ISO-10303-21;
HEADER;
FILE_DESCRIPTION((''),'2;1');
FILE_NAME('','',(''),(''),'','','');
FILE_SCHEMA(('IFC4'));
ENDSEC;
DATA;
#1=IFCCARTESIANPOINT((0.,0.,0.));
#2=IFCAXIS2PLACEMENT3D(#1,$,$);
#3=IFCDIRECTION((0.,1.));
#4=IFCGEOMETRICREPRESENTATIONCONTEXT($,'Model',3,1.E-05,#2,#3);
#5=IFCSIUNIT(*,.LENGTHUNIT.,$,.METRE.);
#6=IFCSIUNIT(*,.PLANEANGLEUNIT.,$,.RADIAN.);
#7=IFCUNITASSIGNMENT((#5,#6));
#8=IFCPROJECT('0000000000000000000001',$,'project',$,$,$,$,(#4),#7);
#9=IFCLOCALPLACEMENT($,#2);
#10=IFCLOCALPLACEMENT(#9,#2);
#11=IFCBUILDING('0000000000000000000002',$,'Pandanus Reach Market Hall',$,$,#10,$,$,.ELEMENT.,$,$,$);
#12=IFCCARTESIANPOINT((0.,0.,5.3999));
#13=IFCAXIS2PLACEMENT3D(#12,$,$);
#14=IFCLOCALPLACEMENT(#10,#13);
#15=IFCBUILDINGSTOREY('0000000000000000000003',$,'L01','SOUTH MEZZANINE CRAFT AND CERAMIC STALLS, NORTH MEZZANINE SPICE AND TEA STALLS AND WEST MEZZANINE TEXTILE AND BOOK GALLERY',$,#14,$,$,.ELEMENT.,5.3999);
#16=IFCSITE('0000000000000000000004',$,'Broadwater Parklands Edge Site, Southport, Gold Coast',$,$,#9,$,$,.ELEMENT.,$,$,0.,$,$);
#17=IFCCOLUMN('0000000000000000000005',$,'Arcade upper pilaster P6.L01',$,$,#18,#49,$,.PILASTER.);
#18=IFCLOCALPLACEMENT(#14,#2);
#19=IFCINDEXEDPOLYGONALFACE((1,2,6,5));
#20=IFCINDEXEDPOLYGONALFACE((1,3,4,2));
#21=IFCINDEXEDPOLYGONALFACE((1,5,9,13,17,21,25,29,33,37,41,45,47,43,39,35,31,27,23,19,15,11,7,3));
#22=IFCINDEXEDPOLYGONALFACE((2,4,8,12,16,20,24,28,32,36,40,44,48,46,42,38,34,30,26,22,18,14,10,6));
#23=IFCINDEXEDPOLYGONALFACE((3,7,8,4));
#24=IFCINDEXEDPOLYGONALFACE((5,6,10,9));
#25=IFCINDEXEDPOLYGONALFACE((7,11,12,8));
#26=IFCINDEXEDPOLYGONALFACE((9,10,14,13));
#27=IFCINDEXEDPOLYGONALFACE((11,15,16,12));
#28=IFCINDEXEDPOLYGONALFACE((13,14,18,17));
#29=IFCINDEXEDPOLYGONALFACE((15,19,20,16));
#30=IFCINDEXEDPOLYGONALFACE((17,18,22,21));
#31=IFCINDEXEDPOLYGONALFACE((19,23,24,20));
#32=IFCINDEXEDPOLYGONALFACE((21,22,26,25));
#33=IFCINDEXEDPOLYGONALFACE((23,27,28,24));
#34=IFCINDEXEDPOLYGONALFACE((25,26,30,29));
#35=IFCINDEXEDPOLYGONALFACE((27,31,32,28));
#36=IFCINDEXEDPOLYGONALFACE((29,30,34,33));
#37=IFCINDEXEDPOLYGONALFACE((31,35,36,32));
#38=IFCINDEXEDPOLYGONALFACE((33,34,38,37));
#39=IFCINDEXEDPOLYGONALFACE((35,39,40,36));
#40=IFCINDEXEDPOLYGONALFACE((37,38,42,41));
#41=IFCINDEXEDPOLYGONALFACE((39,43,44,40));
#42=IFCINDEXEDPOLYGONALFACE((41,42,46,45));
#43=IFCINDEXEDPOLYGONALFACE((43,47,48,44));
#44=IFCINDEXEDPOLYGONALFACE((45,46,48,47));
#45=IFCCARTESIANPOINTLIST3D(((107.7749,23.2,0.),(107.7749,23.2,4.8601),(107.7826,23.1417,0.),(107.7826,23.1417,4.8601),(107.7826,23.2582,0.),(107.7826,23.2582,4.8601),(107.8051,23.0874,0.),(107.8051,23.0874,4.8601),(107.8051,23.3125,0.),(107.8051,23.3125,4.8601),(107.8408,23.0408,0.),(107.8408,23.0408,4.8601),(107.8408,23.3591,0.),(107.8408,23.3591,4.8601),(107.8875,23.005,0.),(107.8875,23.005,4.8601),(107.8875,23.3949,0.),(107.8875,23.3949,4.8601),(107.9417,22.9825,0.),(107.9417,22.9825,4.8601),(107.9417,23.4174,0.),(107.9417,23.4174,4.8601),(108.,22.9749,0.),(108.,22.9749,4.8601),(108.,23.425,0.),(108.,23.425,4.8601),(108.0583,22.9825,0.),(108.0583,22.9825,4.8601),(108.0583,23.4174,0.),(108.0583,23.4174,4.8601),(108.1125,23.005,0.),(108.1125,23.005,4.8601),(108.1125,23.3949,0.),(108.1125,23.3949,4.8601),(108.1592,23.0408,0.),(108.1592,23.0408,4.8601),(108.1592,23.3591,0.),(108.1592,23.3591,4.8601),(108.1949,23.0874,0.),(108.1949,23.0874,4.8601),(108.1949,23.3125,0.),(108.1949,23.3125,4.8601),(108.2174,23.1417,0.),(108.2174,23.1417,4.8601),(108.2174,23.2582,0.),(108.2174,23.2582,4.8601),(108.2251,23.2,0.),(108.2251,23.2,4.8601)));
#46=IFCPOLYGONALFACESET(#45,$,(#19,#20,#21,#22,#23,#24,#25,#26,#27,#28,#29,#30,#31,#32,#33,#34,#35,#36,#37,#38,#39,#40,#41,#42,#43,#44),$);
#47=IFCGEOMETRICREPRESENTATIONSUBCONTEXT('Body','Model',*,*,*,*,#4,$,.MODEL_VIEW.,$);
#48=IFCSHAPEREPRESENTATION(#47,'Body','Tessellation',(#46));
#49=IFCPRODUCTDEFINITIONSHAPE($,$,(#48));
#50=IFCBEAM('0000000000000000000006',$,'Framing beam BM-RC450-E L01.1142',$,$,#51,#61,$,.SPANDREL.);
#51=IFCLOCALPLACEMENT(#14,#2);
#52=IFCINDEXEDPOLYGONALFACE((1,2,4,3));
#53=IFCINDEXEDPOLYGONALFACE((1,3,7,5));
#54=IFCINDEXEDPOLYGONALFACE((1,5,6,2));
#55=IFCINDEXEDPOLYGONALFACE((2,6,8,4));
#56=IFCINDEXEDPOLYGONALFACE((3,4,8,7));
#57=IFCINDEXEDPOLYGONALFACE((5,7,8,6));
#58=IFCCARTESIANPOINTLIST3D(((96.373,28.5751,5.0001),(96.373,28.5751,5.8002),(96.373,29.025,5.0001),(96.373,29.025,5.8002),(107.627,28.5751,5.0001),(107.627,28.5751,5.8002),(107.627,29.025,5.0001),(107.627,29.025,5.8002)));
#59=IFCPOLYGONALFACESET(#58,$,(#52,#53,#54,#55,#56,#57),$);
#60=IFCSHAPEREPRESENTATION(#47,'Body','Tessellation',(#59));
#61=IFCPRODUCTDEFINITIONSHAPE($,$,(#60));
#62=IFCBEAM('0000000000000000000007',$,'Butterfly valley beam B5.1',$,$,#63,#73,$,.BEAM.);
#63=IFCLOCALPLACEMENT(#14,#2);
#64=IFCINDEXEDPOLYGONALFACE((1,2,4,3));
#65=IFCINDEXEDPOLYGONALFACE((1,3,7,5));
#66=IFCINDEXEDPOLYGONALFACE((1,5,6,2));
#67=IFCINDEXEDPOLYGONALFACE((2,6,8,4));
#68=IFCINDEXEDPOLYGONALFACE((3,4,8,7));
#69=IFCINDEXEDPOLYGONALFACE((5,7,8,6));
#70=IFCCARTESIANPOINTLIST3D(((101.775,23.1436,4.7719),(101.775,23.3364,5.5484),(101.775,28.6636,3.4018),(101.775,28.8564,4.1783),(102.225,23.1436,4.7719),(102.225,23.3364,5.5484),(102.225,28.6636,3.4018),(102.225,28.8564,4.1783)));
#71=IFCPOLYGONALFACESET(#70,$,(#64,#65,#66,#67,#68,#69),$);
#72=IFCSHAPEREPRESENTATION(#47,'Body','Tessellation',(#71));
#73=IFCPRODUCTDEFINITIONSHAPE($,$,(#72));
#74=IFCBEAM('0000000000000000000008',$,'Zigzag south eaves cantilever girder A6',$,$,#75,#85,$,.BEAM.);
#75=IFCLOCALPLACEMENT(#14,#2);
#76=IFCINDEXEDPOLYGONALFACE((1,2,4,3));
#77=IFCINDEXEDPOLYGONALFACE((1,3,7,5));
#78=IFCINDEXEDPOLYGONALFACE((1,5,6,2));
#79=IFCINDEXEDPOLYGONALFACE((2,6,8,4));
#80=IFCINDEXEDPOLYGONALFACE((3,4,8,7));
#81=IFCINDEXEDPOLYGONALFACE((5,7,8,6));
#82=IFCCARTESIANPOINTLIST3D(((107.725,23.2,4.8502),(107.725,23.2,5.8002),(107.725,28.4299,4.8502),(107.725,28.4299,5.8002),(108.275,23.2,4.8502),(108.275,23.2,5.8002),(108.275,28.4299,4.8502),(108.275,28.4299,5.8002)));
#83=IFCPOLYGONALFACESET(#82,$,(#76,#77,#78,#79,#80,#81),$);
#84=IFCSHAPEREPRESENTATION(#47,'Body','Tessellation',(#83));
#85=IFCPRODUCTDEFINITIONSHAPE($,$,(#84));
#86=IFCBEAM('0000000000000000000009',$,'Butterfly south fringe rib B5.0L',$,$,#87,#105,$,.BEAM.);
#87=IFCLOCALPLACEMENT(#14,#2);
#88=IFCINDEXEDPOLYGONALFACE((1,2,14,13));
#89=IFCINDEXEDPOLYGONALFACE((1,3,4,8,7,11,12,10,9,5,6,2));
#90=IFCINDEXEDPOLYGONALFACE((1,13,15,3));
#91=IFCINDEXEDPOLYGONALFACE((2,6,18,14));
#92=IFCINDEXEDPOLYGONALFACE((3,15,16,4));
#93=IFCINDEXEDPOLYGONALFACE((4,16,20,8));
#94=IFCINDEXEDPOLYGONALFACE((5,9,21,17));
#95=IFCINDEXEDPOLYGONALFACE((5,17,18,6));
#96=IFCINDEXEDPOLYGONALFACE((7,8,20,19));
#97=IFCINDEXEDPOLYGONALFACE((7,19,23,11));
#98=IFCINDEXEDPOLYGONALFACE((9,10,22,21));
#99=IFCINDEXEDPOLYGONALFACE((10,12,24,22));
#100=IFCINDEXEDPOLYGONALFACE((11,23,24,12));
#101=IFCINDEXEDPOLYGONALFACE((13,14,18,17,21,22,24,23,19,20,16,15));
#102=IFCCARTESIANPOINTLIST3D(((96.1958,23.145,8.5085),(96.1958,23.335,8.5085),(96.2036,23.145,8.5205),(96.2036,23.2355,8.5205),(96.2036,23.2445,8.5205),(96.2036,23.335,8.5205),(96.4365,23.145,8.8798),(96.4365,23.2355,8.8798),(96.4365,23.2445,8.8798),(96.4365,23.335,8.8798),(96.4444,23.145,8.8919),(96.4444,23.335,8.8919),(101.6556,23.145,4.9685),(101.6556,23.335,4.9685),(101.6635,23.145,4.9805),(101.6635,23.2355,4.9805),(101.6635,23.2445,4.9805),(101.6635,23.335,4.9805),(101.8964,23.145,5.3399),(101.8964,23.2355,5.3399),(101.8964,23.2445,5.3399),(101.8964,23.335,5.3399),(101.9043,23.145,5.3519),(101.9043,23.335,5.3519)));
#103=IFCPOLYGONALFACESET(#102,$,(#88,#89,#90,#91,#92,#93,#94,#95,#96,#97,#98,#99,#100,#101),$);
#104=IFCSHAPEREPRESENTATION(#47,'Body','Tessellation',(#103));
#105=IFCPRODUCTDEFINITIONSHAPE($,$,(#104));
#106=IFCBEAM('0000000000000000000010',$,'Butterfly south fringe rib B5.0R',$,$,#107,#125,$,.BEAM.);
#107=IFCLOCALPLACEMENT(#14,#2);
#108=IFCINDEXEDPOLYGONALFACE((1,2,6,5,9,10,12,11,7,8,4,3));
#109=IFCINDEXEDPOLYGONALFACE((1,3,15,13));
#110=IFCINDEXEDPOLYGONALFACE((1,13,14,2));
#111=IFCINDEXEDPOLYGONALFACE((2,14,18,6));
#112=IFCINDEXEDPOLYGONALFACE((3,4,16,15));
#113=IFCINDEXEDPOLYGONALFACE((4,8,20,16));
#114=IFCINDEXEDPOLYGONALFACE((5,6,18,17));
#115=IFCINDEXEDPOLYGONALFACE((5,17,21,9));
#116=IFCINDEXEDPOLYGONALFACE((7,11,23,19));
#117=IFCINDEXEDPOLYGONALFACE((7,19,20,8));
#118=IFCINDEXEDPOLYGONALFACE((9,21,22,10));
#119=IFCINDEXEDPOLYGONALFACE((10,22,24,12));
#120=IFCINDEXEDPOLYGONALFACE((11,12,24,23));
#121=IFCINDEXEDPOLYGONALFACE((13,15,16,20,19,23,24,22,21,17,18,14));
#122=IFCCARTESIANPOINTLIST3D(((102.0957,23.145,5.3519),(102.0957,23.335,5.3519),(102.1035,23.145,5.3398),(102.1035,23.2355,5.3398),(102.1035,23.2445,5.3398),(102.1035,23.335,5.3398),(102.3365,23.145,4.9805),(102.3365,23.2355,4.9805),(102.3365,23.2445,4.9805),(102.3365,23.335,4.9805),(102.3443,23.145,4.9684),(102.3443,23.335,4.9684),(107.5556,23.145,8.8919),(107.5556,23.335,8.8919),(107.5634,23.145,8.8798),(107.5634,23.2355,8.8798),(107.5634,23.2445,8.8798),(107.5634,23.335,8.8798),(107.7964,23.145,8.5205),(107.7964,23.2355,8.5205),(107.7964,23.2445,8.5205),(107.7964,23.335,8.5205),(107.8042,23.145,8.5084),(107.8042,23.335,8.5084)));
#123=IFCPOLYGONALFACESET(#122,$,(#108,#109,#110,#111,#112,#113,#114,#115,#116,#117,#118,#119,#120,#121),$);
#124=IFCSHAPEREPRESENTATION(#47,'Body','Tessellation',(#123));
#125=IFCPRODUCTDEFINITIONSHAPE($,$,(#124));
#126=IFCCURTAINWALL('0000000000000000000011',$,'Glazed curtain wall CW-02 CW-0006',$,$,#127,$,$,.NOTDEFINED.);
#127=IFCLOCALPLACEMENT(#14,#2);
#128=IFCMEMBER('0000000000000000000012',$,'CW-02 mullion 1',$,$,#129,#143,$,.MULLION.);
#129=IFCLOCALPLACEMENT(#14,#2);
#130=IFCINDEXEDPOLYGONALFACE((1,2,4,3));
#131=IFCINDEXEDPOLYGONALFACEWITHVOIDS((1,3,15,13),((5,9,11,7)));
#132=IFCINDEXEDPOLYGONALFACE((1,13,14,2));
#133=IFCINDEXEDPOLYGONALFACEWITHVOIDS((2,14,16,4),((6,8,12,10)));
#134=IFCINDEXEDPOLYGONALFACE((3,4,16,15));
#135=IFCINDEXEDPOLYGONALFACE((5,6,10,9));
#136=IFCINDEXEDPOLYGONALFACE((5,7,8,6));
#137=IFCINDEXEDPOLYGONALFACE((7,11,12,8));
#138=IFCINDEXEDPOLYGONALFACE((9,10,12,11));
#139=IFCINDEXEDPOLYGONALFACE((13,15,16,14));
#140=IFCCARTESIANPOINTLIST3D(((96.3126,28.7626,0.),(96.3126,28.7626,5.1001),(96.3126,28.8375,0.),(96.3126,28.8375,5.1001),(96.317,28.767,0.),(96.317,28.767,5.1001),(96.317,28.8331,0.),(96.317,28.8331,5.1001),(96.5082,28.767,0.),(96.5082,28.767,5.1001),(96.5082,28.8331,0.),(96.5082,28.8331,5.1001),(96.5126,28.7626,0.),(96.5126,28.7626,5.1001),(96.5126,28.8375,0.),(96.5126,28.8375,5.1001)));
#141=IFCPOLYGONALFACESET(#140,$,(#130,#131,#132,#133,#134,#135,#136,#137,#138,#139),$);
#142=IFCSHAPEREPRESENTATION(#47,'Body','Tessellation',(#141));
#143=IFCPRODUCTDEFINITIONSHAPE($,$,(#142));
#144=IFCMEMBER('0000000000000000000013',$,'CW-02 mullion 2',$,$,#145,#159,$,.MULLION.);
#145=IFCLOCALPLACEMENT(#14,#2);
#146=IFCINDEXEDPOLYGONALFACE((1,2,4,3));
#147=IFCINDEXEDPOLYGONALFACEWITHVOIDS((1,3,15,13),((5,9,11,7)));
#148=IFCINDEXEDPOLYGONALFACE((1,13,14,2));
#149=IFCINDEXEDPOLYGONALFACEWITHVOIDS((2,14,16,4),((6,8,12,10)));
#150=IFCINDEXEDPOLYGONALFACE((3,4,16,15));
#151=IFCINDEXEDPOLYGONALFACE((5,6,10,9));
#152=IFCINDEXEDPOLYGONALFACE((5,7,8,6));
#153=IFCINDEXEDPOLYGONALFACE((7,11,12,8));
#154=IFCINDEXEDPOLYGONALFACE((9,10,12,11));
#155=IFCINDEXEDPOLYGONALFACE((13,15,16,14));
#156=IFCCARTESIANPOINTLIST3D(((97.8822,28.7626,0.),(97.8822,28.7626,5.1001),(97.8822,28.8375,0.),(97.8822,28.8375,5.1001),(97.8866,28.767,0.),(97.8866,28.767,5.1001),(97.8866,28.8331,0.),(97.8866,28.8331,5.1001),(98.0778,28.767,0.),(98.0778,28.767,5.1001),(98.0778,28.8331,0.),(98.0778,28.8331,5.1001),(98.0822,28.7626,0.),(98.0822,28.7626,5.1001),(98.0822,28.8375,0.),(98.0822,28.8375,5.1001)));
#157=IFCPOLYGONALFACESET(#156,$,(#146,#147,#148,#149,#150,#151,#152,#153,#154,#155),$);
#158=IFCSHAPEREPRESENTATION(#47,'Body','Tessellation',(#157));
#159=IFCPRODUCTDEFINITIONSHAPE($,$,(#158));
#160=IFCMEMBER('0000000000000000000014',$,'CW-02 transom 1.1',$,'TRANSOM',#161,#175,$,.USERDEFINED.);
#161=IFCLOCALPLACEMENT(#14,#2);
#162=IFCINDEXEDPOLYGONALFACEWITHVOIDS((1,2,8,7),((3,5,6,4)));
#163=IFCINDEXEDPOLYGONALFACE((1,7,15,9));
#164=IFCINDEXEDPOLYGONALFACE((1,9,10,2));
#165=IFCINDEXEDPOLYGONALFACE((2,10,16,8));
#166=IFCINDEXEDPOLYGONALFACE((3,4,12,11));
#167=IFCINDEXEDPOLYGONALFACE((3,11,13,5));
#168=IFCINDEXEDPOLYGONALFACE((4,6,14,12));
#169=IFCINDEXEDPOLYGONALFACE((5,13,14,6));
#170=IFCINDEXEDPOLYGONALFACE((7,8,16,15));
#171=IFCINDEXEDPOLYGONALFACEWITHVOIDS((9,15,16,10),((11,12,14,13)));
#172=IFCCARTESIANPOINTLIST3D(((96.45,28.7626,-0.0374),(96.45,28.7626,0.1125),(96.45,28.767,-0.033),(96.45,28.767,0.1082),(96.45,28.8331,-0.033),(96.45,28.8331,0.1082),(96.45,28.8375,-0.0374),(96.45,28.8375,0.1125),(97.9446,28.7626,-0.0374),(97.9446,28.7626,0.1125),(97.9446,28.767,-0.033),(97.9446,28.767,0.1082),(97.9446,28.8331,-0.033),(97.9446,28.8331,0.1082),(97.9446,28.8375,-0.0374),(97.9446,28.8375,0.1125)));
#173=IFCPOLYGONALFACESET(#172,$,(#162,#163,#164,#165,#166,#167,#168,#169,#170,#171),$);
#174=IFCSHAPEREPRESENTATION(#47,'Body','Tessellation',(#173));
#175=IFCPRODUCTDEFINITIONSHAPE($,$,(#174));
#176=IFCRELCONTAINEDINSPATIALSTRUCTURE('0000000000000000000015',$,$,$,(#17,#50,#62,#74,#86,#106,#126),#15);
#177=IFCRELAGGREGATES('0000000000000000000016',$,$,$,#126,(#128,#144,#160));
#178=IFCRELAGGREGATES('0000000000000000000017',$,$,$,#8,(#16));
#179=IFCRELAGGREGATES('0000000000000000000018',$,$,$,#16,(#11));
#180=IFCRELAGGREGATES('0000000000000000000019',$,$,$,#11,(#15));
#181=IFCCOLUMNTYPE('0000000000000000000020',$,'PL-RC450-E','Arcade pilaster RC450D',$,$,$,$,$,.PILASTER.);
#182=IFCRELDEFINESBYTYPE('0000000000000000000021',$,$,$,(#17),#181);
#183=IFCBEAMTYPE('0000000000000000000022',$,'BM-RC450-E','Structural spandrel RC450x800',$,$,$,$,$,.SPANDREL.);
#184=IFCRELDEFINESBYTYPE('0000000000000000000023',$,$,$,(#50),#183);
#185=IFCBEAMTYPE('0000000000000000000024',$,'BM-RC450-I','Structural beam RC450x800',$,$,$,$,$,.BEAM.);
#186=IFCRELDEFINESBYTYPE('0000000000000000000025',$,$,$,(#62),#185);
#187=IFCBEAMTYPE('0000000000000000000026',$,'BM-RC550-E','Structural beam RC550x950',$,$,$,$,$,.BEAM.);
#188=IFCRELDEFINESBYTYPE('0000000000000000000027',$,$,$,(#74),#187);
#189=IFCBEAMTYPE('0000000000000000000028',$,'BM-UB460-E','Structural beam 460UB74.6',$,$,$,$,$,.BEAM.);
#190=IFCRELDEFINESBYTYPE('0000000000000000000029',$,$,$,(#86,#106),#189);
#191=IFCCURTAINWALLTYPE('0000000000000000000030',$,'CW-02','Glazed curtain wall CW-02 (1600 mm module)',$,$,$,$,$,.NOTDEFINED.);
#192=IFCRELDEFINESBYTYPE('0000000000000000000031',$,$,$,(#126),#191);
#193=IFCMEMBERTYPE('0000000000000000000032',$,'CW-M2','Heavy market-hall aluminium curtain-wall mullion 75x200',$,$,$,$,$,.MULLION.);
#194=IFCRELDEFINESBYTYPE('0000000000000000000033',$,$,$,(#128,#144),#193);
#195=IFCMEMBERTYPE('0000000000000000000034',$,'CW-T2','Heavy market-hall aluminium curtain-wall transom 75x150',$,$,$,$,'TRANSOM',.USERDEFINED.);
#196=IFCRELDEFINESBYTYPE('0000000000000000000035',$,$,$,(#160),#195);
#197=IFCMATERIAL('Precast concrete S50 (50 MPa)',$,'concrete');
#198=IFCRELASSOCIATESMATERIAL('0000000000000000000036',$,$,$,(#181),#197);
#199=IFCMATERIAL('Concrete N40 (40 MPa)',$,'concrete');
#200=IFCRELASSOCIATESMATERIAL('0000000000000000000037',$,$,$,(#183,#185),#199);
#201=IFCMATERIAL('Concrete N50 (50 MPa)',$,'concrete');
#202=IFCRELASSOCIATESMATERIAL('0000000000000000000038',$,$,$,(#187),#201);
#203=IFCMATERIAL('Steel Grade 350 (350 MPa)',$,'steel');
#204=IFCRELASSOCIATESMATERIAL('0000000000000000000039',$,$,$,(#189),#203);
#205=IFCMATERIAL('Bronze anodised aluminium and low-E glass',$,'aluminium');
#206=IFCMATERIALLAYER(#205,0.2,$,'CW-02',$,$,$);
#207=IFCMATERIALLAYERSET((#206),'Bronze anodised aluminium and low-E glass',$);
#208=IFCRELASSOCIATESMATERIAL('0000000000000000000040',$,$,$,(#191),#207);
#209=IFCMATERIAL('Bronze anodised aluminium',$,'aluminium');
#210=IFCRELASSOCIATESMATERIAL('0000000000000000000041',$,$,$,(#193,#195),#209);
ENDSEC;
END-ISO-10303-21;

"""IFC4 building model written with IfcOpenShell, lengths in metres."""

from ifc_helpers import new_model, si_unit, direction, frame, origin, origin_2d, place, context, subcontext, project, spatial, rectangle, hollow_rectangle, circle, i_section, extrude, material, layer, layer_set, material_profile, profile_set, type_object, element, aggregate, save


model = new_model("IFC4")

# Units and contexts
model_context = context("Model", 3, precision=1e-05, world=origin(), true_north=direction((0.0, 1.0)))
body_context = subcontext(model_context, "Body", "Model", "MODEL_VIEW")
ifc_project = project(units=[si_unit("LENGTHUNIT", "METRE"), si_unit("PLANEANGLEUNIT", "RADIAN")], contexts=[model_context])

# Site, building, storey
site_placement = place(None, origin())
site = spatial("IfcSite", under=ifc_project, at=site_placement, Name="Broadwater Parklands Edge Site, Southport, Gold Coast", CompositionType="ELEMENT", RefElevation=0.0)
building_placement = place(site_placement, origin())
building = spatial("IfcBuilding", under=site, at=building_placement, Name="Pandanus Reach Market Hall", CompositionType="ELEMENT")
storey_placement = place(building_placement, frame((0.0, 0.0, 5.3999)))
storey = spatial("IfcBuildingStorey", under=building, at=storey_placement, Name="L01", Description="SOUTH MEZZANINE CRAFT AND CERAMIC STALLS, NORTH MEZZANINE SPICE AND TEA STALLS AND WEST MEZZANINE TEXTILE AND BOOK GALLERY", CompositionType="ELEMENT", Elevation=5.3999)

# Column
ifc_material_1 = material(Name="Precast concrete S50 (50 MPa)", Category="concrete")
ifc_material_profile_1 = material_profile(ifc_material_1, circle(Radius=0.2251, at=origin_2d()), Name="RC450D", Category="LoadBearing")
ifc_profile_set_1 = profile_set([ifc_material_profile_1], Name="Precast concrete S50 (50 MPa)")
column_type = type_object("IfcColumnType", Name="PL-RC450-E", Description="Arcade pilaster RC450D", PredefinedType="PILASTER", material=ifc_profile_set_1)
column_placement = place(storey_placement, frame((108.0, 23.2, 0.0), z_axis=(0.0, 0.0, 1.0), x_axis=(1.0, 0.0, 0.0)))
element("IfcColumn", 1, at=column_placement, inside=storey, type_object=column_type, Name="Arcade upper pilaster P6.L01", PredefinedType="PILASTER", context=body_context, shape_type="SweptSolid", body=[
    extrude(circle(Radius=0.2251, at=origin_2d()), origin(), (0.0, 0.0, 1.0), 4.8601),
])

# Beams
ifc_material_2 = material(Name="Concrete N40 (40 MPa)", Category="concrete")
ifc_material_profile_2 = material_profile(ifc_material_2, rectangle(XDim=0.45, YDim=0.8, at=origin_2d()), Name="RC450x800", Category="LoadBearing")
ifc_profile_set_2 = profile_set([ifc_material_profile_2], Name="Concrete N40 (40 MPa)")
beam_type_1 = type_object("IfcBeamType", Name="BM-RC450-E", Description="Structural spandrel RC450x800", PredefinedType="SPANDREL", material=ifc_profile_set_2)
beam_1_placement = place(storey_placement, frame((96.373, 28.8, 5.4001), z_axis=(1.0, 0.0, 0.0), x_axis=(0.0, 1.0, 0.0)))
element("IfcBeam", 2, at=beam_1_placement, inside=storey, type_object=beam_type_1, Name="Framing beam BM-RC450-E L01.1142", PredefinedType="SPANDREL", context=body_context, shape_type="SweptSolid", body=[
    extrude(rectangle(XDim=0.45, YDim=0.8, at=origin_2d()), origin(), (0.0, 0.0, 1.0), 11.2539),
])
ifc_material_profile_3 = material_profile(ifc_material_2, rectangle(XDim=0.45, YDim=0.8, at=origin_2d()), Name="RC450x800", Category="LoadBearing")
ifc_profile_set_3 = profile_set([ifc_material_profile_3], Name="Concrete N40 (40 MPa)")
beam_type_2 = type_object("IfcBeamType", Name="BM-RC450-I", Description="Structural beam RC450x800", PredefinedType="BEAM", material=ifc_profile_set_3)
beam_2_placement = place(storey_placement, frame((102.0, 23.24, 5.1602), z_axis=(0.0, 0.97055, -0.240899), x_axis=(-1.0, 0.0, 0.0)))
element("IfcBeam", 3, at=beam_2_placement, inside=storey, type_object=beam_type_2, Name="Butterfly valley beam B5.1", PredefinedType="BEAM", context=body_context, shape_type="SweptSolid", body=[
    extrude(rectangle(XDim=0.45, YDim=0.8, at=origin_2d()), origin(), (0.0, 0.0, 1.0), 5.6875),
])
ifc_material_3 = material(Name="Concrete N50 (50 MPa)", Category="concrete")
ifc_material_profile_4 = material_profile(ifc_material_3, rectangle(XDim=0.55, YDim=0.95, at=origin_2d()), Name="RC550x950", Category="LoadBearing")
ifc_profile_set_4 = profile_set([ifc_material_profile_4], Name="Concrete N50 (50 MPa)")
beam_type_3 = type_object("IfcBeamType", Name="BM-RC550-E", Description="Structural beam RC550x950", PredefinedType="BEAM", material=ifc_profile_set_4)
beam_3_placement = place(storey_placement, frame((108.0, 23.2, 5.3252), z_axis=(0.0, 1.0, 0.0), x_axis=(-1.0, 0.0, 0.0)))
element("IfcBeam", 4, at=beam_3_placement, inside=storey, type_object=beam_type_3, Name="Zigzag south eaves cantilever girder A6", PredefinedType="BEAM", context=body_context, shape_type="SweptSolid", body=[
    extrude(rectangle(XDim=0.55, YDim=0.95, at=origin_2d()), origin(), (0.0, 0.0, 1.0), 5.23),
])
ifc_material_4 = material(Name="Steel Grade 350 (350 MPa)", Category="steel")
ifc_material_profile_5 = material_profile(ifc_material_4, i_section(OverallWidth=0.1899, OverallDepth=0.457, WebThickness=0.009, FlangeThickness=0.0144, at=origin_2d()), Name="460UB74.6", Category="LoadBearing")
ifc_profile_set_5 = profile_set([ifc_material_profile_5], Name="Steel Grade 350 (350 MPa)")
beam_type_4 = type_object("IfcBeamType", Name="BM-UB460-E", Description="Structural beam 460UB74.6", PredefinedType="BEAM", material=ifc_profile_set_5)
for number, where, z_axis, x_axis, name in (
    (5, (96.3201, 23.24, 8.7002), (0.839071, 0.0, -0.544023), (0.0, 1.0, 0.0), "Butterfly south fringe rib B5.0L"),
    (6, (102.22, 23.24, 5.1602), (0.839071, 0.0, 0.544023), (0.0, 1.0, 0.0), "Butterfly south fringe rib B5.0R"),
):
    element("IfcBeam", number, at=place(storey_placement, frame(where, z_axis=z_axis, x_axis=x_axis)), inside=storey, type_object=beam_type_4, Name=name, PredefinedType="BEAM", context=body_context, shape_type="SweptSolid", body=[
        extrude(i_section(OverallWidth=0.1899, OverallDepth=0.457, WebThickness=0.009, FlangeThickness=0.0144, at=origin_2d()), origin(), (0.0, 0.0, 1.0), 6.5071),
    ])

# Curtain wall, members
ifc_material_5 = material(Name="Bronze anodised aluminium and low-E glass", Category="aluminium")
ifc_layer_1 = layer(ifc_material_5, 0.2, Name="CW-02")
ifc_layer_set_1 = layer_set([ifc_layer_1], Name="Bronze anodised aluminium and low-E glass")
curtain_wall_type = type_object("IfcCurtainWallType", Name="CW-02", Description="Glazed curtain wall CW-02 (1600 mm module)", PredefinedType="NOTDEFINED", material=ifc_layer_set_1)
curtain_wall_placement = place(storey_placement, origin())
curtain_wall = element("IfcCurtainWall", 7, at=curtain_wall_placement, inside=storey, type_object=curtain_wall_type, Name="Glazed curtain wall CW-02 CW-0006", PredefinedType="NOTDEFINED")
ifc_material_6 = material(Name="Bronze anodised aluminium", Category="aluminium")
ifc_material_profile_6 = material_profile(ifc_material_6, hollow_rectangle(XDim=0.075, YDim=0.2, WallThickness=0.0044, at=origin_2d()), Name="ALU75x200", Category="LoadBearing")
ifc_profile_set_6 = profile_set([ifc_material_profile_6], Name="Bronze anodised aluminium")
member_type_1 = type_object("IfcMemberType", Name="CW-M2", Description="Heavy market-hall aluminium curtain-wall mullion 75x200", PredefinedType="MULLION", material=ifc_profile_set_6)
member_1_placement = place(storey_placement, frame((96.4126, 28.8, 0.0), z_axis=(0.0, 0.0, 1.0), x_axis=(0.0, 1.0, 0.0)))
member_1 = element("IfcMember", 8, at=member_1_placement, type_object=member_type_1, Name="CW-02 mullion 1", PredefinedType="MULLION", context=body_context, shape_type="SweptSolid", body=[
    extrude(hollow_rectangle(XDim=0.075, YDim=0.2, WallThickness=0.0044, at=origin_2d()), origin(), (0.0, 0.0, 1.0), 5.1001),
])
member_2_placement = place(storey_placement, frame((97.9822, 28.8, 0.0), z_axis=(0.0, 0.0, 1.0), x_axis=(0.0, 1.0, 0.0)))
member_2 = element("IfcMember", 9, at=member_2_placement, type_object=member_type_1, Name="CW-02 mullion 2", PredefinedType="MULLION", context=body_context, shape_type="SweptSolid", body=[
    extrude(hollow_rectangle(XDim=0.075, YDim=0.2, WallThickness=0.0044, at=origin_2d()), origin(), (0.0, 0.0, 1.0), 5.1001),
])
ifc_material_profile_7 = material_profile(ifc_material_6, hollow_rectangle(XDim=0.075, YDim=0.1499, WallThickness=0.0044, at=origin_2d()), Name="ALU75x150", Category="LoadBearing")
ifc_profile_set_7 = profile_set([ifc_material_profile_7], Name="Bronze anodised aluminium")
member_type_2 = type_object("IfcMemberType", Name="CW-T2", Description="Heavy market-hall aluminium curtain-wall transom 75x150", ElementType="TRANSOM", PredefinedType="USERDEFINED", material=ifc_profile_set_7)
member_3_placement = place(storey_placement, frame((96.45, 28.8, 0.0376), z_axis=(1.0, 0.0, 0.0), x_axis=(0.0, 1.0, 0.0)))
member_3 = element("IfcMember", 10, at=member_3_placement, type_object=member_type_2, Name="CW-02 transom 1.1", ObjectType="TRANSOM", PredefinedType="USERDEFINED", context=body_context, shape_type="SweptSolid", body=[
    extrude(hollow_rectangle(XDim=0.075, YDim=0.1499, WallThickness=0.0044, at=origin_2d()), origin(), (0.0, 0.0, 1.0), 1.4946),
])

aggregate(curtain_wall, [member_1, member_2, member_3])

save(model, "model.ifc")
